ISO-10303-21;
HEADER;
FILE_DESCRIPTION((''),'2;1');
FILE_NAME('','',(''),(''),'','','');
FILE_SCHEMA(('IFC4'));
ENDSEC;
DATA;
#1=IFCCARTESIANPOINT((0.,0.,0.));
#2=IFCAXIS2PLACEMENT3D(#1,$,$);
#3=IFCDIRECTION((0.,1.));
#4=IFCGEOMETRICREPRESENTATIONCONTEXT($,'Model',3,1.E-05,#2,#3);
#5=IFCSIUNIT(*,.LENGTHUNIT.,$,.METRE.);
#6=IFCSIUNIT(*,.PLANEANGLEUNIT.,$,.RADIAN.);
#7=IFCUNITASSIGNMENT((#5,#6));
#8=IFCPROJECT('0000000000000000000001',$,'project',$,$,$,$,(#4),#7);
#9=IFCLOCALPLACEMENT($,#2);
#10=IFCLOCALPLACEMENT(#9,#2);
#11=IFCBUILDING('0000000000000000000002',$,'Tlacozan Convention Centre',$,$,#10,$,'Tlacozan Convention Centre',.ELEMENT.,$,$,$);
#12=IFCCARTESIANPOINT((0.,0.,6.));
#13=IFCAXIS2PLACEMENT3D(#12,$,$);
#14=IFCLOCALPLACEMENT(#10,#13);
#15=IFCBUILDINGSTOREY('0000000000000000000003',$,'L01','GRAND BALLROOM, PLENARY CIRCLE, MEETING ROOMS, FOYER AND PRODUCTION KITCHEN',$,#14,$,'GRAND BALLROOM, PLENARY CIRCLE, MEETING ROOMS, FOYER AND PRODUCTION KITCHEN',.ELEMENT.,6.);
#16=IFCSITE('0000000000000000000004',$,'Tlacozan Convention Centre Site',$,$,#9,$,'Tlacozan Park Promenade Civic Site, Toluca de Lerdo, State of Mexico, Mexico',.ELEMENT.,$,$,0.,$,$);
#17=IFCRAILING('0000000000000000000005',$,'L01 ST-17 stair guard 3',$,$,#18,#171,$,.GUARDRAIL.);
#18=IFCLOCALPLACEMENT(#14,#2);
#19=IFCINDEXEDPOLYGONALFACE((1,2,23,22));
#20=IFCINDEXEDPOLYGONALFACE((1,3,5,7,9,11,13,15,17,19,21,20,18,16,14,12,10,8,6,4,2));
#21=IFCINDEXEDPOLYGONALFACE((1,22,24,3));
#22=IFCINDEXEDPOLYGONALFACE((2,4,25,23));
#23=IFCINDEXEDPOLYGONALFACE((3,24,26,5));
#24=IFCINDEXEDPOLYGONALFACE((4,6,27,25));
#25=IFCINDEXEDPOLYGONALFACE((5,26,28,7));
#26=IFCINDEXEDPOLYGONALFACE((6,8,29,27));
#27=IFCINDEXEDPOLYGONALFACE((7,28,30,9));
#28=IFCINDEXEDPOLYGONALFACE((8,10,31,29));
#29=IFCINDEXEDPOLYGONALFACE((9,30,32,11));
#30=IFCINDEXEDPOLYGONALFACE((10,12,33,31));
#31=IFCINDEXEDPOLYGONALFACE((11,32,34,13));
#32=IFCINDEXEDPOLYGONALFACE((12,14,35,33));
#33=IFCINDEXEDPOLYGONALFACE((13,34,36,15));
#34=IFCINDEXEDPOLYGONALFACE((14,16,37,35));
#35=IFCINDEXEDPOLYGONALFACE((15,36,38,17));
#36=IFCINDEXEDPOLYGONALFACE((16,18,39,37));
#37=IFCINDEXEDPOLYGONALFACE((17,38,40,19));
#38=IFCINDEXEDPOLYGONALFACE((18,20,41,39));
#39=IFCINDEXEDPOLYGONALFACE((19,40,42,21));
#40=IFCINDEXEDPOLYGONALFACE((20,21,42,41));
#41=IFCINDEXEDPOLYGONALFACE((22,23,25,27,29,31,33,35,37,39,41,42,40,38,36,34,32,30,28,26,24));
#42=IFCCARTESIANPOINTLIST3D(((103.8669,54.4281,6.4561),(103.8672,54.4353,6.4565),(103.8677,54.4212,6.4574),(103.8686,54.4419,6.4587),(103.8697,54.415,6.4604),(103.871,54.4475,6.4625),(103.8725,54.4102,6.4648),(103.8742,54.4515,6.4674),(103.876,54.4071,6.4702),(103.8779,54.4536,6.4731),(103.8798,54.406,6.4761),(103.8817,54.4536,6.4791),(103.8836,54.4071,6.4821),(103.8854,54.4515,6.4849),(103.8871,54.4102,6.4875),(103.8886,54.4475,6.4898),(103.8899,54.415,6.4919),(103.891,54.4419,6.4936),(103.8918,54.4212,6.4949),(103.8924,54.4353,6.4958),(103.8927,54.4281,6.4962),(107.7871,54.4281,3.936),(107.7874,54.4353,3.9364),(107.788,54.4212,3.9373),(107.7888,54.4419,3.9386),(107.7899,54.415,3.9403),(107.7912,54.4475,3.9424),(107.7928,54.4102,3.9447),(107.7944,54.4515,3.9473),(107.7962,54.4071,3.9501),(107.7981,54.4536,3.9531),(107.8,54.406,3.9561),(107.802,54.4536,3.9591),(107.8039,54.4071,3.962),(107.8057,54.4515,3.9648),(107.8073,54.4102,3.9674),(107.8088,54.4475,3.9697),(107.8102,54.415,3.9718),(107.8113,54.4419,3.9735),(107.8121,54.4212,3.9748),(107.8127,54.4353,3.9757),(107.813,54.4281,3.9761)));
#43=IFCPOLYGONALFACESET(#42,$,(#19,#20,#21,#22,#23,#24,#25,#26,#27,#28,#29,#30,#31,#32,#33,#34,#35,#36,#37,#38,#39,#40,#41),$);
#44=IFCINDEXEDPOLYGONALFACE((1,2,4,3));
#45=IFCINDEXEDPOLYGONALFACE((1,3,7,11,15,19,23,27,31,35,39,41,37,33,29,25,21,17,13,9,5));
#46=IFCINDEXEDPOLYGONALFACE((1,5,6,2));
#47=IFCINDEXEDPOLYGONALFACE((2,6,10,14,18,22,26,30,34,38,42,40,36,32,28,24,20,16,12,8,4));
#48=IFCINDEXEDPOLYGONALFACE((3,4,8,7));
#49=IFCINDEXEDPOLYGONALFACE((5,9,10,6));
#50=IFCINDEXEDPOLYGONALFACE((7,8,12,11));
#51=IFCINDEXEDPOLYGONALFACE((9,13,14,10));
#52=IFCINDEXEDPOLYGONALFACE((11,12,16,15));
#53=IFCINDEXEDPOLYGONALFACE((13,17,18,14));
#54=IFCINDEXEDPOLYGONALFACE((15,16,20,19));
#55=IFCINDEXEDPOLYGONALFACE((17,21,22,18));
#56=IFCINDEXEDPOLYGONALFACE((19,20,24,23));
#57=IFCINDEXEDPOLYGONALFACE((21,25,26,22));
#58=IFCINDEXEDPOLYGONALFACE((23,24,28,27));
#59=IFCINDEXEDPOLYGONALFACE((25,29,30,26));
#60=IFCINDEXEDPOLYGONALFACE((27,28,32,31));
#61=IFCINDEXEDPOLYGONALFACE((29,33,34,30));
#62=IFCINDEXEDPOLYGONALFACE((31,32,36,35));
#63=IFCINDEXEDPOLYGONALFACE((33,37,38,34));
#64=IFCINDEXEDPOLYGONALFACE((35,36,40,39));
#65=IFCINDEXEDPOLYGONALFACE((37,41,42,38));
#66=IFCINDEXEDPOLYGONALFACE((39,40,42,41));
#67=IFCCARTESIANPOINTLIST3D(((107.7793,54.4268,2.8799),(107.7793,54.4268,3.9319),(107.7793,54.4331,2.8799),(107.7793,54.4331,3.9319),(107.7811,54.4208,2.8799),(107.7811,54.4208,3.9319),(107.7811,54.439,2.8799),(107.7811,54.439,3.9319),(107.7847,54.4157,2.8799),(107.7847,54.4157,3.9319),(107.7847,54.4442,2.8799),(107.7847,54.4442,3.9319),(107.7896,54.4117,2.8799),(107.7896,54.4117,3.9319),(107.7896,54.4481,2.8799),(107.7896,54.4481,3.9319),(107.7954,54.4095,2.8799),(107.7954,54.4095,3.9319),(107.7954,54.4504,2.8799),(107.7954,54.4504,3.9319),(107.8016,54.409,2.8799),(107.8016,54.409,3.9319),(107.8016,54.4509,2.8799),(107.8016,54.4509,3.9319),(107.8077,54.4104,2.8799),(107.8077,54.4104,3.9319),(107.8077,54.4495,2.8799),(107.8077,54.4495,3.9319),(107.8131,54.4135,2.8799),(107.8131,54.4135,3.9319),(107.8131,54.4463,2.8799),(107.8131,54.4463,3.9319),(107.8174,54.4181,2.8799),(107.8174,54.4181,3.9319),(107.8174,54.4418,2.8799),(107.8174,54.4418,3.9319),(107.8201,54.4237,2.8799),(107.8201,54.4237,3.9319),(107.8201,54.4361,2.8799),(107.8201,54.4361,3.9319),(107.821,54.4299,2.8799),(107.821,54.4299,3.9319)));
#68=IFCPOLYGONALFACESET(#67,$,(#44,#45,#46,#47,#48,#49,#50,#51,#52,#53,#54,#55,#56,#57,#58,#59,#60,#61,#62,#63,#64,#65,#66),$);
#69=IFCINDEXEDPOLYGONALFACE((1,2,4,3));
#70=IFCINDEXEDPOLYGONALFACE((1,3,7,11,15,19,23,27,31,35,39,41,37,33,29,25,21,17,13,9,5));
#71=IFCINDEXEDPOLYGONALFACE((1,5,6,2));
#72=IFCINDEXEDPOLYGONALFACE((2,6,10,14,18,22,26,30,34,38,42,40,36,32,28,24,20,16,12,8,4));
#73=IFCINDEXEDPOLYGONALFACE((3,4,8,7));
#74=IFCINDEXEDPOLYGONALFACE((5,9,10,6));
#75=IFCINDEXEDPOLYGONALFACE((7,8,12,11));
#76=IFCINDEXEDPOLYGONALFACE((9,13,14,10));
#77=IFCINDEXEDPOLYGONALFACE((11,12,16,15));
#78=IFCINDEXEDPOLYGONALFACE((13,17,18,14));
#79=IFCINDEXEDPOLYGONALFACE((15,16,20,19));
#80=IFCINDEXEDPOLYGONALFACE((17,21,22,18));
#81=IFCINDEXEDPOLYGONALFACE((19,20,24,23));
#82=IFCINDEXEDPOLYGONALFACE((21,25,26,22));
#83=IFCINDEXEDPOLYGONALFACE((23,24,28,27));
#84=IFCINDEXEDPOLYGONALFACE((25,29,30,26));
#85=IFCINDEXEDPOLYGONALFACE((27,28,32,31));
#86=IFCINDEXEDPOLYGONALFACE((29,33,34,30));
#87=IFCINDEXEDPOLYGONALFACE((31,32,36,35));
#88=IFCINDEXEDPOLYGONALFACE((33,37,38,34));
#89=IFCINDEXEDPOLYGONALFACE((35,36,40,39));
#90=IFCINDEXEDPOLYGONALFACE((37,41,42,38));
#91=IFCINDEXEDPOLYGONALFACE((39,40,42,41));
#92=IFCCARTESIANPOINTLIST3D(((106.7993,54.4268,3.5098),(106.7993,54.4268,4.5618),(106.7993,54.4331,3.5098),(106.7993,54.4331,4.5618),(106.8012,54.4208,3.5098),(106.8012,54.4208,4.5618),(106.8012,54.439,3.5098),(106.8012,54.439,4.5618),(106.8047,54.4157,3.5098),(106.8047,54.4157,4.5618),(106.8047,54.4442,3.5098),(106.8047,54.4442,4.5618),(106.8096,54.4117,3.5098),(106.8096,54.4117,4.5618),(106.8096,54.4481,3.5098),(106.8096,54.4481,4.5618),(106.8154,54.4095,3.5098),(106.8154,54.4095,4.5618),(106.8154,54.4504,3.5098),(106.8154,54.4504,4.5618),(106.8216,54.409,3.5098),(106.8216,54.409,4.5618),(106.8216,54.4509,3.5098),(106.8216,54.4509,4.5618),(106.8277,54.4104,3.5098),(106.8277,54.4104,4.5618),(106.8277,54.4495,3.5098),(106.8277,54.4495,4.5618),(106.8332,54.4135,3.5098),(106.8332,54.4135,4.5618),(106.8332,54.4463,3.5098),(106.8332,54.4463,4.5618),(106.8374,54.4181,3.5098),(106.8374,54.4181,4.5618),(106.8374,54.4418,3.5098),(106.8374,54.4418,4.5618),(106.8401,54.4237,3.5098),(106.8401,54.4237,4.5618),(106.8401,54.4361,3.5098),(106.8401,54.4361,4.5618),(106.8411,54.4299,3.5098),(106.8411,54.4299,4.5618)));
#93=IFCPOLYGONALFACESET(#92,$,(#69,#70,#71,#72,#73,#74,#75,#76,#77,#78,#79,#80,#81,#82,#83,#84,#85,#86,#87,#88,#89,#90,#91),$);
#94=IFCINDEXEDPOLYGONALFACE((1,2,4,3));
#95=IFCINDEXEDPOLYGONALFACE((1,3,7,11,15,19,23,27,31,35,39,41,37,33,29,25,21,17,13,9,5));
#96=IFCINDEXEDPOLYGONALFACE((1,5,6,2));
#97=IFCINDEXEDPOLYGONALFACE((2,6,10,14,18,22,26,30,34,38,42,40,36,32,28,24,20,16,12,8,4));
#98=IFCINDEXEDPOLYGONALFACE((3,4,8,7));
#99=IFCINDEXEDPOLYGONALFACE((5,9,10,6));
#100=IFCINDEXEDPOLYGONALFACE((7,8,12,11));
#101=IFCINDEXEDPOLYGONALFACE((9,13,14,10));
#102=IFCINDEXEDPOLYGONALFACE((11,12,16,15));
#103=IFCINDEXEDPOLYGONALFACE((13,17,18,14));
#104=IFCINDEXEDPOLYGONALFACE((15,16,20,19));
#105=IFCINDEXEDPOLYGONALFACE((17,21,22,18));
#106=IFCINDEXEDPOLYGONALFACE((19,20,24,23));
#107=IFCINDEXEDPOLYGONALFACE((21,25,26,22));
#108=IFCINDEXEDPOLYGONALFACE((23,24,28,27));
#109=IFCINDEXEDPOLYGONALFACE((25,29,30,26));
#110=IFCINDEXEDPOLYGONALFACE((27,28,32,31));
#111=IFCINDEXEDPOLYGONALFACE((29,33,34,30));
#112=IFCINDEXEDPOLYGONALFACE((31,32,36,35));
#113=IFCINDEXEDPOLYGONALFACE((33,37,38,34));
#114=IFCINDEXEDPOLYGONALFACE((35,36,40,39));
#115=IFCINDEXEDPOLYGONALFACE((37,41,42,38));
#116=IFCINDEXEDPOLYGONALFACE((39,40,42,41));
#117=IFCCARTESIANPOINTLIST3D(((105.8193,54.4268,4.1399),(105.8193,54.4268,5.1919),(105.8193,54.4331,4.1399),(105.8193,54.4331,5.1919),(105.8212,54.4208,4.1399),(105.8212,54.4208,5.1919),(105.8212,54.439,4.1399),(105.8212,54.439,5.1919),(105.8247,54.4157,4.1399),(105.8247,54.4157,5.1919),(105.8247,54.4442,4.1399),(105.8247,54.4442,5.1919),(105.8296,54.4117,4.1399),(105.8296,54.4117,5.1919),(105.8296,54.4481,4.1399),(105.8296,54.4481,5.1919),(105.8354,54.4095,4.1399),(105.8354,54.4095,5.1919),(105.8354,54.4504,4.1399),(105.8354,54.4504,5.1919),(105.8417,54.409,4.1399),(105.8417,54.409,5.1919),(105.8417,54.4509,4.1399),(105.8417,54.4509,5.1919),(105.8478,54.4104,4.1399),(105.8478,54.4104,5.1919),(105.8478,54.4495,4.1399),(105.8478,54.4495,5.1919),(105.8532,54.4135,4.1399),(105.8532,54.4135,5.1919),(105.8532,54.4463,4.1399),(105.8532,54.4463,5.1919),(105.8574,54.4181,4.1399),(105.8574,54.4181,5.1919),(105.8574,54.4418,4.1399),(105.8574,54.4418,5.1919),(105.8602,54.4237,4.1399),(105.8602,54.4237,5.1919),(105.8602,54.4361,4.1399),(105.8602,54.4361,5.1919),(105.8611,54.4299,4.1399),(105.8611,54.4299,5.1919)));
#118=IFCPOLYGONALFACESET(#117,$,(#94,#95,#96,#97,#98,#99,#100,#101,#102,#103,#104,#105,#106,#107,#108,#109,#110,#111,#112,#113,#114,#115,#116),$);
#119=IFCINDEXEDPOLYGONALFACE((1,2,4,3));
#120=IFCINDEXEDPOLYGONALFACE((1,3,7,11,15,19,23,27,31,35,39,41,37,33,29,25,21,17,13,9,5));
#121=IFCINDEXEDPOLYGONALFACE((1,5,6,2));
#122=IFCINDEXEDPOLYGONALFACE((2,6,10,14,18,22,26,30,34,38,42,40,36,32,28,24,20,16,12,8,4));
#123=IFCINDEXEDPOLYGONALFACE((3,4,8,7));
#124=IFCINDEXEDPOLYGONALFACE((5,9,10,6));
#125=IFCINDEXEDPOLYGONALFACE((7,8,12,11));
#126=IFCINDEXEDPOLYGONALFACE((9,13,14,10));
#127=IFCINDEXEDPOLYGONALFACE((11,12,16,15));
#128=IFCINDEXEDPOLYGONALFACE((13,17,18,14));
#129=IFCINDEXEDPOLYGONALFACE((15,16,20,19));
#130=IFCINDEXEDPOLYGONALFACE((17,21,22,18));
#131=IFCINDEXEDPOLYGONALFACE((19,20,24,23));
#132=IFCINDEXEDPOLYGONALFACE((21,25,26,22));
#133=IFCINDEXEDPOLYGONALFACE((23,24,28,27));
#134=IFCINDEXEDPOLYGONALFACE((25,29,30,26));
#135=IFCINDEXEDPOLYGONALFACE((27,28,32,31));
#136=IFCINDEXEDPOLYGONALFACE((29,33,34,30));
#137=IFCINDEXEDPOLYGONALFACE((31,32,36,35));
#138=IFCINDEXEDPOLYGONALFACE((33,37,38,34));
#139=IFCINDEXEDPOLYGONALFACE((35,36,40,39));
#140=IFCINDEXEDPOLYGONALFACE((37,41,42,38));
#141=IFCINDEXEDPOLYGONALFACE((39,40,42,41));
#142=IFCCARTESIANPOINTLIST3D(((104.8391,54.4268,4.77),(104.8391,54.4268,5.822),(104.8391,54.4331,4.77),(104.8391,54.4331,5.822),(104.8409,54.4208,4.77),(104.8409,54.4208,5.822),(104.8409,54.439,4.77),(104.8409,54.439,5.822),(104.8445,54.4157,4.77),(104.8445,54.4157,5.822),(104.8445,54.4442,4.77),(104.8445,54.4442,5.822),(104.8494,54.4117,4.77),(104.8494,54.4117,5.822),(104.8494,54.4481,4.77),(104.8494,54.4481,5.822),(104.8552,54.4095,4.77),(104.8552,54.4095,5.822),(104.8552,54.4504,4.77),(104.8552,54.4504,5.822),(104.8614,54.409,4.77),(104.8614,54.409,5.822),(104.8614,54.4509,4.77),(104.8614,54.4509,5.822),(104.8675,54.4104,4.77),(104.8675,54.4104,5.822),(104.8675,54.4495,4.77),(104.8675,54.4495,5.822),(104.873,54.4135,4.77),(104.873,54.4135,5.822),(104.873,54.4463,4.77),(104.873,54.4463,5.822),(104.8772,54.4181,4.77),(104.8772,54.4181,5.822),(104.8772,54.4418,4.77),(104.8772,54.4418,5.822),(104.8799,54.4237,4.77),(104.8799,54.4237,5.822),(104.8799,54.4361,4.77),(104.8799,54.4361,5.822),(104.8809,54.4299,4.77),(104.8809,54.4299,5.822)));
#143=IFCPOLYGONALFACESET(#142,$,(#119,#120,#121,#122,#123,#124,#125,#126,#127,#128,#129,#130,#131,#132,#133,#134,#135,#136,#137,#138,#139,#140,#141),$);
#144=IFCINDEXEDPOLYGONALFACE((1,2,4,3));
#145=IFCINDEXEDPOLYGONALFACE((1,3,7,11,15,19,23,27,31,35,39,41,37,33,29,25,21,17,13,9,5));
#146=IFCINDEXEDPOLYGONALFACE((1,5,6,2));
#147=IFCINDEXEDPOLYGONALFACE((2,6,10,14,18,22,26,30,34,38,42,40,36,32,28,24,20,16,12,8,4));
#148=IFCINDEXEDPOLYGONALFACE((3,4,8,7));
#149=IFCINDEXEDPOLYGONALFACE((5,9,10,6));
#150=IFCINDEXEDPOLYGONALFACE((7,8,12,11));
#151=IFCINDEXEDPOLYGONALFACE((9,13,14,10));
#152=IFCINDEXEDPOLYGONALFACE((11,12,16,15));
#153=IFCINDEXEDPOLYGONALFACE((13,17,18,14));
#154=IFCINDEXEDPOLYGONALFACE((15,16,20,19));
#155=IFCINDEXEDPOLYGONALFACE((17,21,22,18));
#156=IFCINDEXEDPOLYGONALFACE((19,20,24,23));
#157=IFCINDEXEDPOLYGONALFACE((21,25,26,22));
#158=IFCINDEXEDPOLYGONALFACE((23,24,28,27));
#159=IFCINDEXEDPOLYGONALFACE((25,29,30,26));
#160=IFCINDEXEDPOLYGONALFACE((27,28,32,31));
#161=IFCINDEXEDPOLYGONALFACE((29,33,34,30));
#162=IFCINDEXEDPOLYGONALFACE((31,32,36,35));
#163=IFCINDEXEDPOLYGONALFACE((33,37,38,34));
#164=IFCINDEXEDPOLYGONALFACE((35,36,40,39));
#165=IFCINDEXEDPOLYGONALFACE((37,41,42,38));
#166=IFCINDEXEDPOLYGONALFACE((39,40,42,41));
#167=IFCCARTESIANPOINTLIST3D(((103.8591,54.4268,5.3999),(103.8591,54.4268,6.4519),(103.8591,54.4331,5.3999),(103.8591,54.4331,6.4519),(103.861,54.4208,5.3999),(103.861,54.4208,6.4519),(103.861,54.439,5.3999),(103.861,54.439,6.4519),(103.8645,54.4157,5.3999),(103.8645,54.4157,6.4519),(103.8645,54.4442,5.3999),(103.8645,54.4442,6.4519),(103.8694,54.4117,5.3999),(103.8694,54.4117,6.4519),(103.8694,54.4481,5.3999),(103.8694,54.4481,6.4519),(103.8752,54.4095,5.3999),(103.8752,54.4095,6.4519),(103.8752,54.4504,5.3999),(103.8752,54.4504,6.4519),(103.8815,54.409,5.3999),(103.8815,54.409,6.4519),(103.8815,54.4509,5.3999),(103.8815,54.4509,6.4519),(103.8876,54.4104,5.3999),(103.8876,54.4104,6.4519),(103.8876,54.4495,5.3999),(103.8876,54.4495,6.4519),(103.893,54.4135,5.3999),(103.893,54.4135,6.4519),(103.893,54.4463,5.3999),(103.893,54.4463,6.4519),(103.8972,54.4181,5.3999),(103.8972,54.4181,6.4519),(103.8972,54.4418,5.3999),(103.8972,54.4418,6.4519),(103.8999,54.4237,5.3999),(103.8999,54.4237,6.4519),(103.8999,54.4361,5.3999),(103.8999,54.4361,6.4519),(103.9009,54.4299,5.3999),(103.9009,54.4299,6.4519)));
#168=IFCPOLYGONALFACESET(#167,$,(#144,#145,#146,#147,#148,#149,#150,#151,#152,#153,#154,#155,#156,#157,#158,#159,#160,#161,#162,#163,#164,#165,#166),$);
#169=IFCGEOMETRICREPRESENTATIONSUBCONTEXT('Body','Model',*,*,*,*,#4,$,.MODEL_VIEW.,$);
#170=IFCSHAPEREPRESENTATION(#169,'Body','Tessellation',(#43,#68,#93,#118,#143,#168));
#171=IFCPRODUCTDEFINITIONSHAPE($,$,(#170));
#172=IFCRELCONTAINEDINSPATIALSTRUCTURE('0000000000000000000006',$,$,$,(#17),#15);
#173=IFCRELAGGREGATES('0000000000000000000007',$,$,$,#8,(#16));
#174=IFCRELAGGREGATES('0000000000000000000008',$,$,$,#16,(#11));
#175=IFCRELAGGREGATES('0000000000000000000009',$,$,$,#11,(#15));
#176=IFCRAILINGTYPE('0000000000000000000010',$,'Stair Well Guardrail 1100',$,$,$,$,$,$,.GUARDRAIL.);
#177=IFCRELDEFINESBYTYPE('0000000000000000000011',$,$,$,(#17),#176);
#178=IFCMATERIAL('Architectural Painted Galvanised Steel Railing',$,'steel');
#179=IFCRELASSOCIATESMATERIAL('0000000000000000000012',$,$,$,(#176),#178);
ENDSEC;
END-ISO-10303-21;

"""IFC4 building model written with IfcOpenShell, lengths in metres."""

from ifc_helpers import new_model, si_unit, direction, frame, origin, origin_2d, place, context, subcontext, project, spatial, circle, extrude, material, type_object, element, save


model = new_model("IFC4")

# Units and contexts
model_context = context("Model", 3, precision=1e-05, world=origin(), true_north=direction((0.0, 1.0)))
body_context = subcontext(model_context, "Body", "Model", "MODEL_VIEW")
ifc_project = project(units=[si_unit("LENGTHUNIT", "METRE"), si_unit("PLANEANGLEUNIT", "RADIAN")], contexts=[model_context])

# Site, building, storey
site_placement = place(None, origin())
site = spatial("IfcSite", under=ifc_project, at=site_placement, Name="Tlacozan Convention Centre Site", LongName="Tlacozan Park Promenade Civic Site, Toluca de Lerdo, State of Mexico, Mexico", CompositionType="ELEMENT", RefElevation=0.0)
building_placement = place(site_placement, origin())
building = spatial("IfcBuilding", under=site, at=building_placement, Name="Tlacozan Convention Centre", LongName="Tlacozan Convention Centre", CompositionType="ELEMENT")
storey_placement = place(building_placement, frame((0.0, 0.0, 6.0)))
storey = spatial("IfcBuildingStorey", under=building, at=storey_placement, Name="L01", Description="GRAND BALLROOM, PLENARY CIRCLE, MEETING ROOMS, FOYER AND PRODUCTION KITCHEN", LongName="GRAND BALLROOM, PLENARY CIRCLE, MEETING ROOMS, FOYER AND PRODUCTION KITCHEN", CompositionType="ELEMENT", Elevation=6.0)

# Railing
ifc_material_1 = material(Name="Architectural Painted Galvanised Steel Railing", Category="steel")
railing_type_1 = type_object("IfcRailingType", Name="Stair Well Guardrail 1100", PredefinedType="GUARDRAIL", material=ifc_material_1)
railing_1_placement = place(storey_placement, frame((107.8, 54.4299, 2.8799)))
element("IfcRailing", 1, at=railing_1_placement, inside=storey, type_object=railing_type_1, Name="L01 ST-17 stair guard 3", PredefinedType="GUARDRAIL", context=body_context, shape_type="SweptSolid", body=[
    extrude(circle(Radius=0.0239, at=origin_2d()), frame((0.0, 0.0, 1.0762), z_axis=(-0.841187, 0.0, 0.540744), x_axis=(0.0, -1.0, 0.0)), (0.0, 0.0, 1.0), 4.6604),
    extrude(circle(Radius=0.021, at=origin_2d()), origin(), (0.0, 0.0, 1.0), 1.052),
    extrude(circle(Radius=0.021, at=origin_2d()), frame((-0.98, 0.0, 0.6299)), (0.0, 0.0, 1.0), 1.052),
    extrude(circle(Radius=0.021, at=origin_2d()), frame((-1.96, 0.0, 1.26)), (0.0, 0.0, 1.0), 1.052),
    extrude(circle(Radius=0.021, at=origin_2d()), frame((-2.9402, 0.0, 1.8901)), (0.0, 0.0, 1.0), 1.052),
    extrude(circle(Radius=0.021, at=origin_2d()), frame((-3.9202, 0.0, 2.52)), (0.0, 0.0, 1.0), 1.052),
])

save(model, "model.ifc")
